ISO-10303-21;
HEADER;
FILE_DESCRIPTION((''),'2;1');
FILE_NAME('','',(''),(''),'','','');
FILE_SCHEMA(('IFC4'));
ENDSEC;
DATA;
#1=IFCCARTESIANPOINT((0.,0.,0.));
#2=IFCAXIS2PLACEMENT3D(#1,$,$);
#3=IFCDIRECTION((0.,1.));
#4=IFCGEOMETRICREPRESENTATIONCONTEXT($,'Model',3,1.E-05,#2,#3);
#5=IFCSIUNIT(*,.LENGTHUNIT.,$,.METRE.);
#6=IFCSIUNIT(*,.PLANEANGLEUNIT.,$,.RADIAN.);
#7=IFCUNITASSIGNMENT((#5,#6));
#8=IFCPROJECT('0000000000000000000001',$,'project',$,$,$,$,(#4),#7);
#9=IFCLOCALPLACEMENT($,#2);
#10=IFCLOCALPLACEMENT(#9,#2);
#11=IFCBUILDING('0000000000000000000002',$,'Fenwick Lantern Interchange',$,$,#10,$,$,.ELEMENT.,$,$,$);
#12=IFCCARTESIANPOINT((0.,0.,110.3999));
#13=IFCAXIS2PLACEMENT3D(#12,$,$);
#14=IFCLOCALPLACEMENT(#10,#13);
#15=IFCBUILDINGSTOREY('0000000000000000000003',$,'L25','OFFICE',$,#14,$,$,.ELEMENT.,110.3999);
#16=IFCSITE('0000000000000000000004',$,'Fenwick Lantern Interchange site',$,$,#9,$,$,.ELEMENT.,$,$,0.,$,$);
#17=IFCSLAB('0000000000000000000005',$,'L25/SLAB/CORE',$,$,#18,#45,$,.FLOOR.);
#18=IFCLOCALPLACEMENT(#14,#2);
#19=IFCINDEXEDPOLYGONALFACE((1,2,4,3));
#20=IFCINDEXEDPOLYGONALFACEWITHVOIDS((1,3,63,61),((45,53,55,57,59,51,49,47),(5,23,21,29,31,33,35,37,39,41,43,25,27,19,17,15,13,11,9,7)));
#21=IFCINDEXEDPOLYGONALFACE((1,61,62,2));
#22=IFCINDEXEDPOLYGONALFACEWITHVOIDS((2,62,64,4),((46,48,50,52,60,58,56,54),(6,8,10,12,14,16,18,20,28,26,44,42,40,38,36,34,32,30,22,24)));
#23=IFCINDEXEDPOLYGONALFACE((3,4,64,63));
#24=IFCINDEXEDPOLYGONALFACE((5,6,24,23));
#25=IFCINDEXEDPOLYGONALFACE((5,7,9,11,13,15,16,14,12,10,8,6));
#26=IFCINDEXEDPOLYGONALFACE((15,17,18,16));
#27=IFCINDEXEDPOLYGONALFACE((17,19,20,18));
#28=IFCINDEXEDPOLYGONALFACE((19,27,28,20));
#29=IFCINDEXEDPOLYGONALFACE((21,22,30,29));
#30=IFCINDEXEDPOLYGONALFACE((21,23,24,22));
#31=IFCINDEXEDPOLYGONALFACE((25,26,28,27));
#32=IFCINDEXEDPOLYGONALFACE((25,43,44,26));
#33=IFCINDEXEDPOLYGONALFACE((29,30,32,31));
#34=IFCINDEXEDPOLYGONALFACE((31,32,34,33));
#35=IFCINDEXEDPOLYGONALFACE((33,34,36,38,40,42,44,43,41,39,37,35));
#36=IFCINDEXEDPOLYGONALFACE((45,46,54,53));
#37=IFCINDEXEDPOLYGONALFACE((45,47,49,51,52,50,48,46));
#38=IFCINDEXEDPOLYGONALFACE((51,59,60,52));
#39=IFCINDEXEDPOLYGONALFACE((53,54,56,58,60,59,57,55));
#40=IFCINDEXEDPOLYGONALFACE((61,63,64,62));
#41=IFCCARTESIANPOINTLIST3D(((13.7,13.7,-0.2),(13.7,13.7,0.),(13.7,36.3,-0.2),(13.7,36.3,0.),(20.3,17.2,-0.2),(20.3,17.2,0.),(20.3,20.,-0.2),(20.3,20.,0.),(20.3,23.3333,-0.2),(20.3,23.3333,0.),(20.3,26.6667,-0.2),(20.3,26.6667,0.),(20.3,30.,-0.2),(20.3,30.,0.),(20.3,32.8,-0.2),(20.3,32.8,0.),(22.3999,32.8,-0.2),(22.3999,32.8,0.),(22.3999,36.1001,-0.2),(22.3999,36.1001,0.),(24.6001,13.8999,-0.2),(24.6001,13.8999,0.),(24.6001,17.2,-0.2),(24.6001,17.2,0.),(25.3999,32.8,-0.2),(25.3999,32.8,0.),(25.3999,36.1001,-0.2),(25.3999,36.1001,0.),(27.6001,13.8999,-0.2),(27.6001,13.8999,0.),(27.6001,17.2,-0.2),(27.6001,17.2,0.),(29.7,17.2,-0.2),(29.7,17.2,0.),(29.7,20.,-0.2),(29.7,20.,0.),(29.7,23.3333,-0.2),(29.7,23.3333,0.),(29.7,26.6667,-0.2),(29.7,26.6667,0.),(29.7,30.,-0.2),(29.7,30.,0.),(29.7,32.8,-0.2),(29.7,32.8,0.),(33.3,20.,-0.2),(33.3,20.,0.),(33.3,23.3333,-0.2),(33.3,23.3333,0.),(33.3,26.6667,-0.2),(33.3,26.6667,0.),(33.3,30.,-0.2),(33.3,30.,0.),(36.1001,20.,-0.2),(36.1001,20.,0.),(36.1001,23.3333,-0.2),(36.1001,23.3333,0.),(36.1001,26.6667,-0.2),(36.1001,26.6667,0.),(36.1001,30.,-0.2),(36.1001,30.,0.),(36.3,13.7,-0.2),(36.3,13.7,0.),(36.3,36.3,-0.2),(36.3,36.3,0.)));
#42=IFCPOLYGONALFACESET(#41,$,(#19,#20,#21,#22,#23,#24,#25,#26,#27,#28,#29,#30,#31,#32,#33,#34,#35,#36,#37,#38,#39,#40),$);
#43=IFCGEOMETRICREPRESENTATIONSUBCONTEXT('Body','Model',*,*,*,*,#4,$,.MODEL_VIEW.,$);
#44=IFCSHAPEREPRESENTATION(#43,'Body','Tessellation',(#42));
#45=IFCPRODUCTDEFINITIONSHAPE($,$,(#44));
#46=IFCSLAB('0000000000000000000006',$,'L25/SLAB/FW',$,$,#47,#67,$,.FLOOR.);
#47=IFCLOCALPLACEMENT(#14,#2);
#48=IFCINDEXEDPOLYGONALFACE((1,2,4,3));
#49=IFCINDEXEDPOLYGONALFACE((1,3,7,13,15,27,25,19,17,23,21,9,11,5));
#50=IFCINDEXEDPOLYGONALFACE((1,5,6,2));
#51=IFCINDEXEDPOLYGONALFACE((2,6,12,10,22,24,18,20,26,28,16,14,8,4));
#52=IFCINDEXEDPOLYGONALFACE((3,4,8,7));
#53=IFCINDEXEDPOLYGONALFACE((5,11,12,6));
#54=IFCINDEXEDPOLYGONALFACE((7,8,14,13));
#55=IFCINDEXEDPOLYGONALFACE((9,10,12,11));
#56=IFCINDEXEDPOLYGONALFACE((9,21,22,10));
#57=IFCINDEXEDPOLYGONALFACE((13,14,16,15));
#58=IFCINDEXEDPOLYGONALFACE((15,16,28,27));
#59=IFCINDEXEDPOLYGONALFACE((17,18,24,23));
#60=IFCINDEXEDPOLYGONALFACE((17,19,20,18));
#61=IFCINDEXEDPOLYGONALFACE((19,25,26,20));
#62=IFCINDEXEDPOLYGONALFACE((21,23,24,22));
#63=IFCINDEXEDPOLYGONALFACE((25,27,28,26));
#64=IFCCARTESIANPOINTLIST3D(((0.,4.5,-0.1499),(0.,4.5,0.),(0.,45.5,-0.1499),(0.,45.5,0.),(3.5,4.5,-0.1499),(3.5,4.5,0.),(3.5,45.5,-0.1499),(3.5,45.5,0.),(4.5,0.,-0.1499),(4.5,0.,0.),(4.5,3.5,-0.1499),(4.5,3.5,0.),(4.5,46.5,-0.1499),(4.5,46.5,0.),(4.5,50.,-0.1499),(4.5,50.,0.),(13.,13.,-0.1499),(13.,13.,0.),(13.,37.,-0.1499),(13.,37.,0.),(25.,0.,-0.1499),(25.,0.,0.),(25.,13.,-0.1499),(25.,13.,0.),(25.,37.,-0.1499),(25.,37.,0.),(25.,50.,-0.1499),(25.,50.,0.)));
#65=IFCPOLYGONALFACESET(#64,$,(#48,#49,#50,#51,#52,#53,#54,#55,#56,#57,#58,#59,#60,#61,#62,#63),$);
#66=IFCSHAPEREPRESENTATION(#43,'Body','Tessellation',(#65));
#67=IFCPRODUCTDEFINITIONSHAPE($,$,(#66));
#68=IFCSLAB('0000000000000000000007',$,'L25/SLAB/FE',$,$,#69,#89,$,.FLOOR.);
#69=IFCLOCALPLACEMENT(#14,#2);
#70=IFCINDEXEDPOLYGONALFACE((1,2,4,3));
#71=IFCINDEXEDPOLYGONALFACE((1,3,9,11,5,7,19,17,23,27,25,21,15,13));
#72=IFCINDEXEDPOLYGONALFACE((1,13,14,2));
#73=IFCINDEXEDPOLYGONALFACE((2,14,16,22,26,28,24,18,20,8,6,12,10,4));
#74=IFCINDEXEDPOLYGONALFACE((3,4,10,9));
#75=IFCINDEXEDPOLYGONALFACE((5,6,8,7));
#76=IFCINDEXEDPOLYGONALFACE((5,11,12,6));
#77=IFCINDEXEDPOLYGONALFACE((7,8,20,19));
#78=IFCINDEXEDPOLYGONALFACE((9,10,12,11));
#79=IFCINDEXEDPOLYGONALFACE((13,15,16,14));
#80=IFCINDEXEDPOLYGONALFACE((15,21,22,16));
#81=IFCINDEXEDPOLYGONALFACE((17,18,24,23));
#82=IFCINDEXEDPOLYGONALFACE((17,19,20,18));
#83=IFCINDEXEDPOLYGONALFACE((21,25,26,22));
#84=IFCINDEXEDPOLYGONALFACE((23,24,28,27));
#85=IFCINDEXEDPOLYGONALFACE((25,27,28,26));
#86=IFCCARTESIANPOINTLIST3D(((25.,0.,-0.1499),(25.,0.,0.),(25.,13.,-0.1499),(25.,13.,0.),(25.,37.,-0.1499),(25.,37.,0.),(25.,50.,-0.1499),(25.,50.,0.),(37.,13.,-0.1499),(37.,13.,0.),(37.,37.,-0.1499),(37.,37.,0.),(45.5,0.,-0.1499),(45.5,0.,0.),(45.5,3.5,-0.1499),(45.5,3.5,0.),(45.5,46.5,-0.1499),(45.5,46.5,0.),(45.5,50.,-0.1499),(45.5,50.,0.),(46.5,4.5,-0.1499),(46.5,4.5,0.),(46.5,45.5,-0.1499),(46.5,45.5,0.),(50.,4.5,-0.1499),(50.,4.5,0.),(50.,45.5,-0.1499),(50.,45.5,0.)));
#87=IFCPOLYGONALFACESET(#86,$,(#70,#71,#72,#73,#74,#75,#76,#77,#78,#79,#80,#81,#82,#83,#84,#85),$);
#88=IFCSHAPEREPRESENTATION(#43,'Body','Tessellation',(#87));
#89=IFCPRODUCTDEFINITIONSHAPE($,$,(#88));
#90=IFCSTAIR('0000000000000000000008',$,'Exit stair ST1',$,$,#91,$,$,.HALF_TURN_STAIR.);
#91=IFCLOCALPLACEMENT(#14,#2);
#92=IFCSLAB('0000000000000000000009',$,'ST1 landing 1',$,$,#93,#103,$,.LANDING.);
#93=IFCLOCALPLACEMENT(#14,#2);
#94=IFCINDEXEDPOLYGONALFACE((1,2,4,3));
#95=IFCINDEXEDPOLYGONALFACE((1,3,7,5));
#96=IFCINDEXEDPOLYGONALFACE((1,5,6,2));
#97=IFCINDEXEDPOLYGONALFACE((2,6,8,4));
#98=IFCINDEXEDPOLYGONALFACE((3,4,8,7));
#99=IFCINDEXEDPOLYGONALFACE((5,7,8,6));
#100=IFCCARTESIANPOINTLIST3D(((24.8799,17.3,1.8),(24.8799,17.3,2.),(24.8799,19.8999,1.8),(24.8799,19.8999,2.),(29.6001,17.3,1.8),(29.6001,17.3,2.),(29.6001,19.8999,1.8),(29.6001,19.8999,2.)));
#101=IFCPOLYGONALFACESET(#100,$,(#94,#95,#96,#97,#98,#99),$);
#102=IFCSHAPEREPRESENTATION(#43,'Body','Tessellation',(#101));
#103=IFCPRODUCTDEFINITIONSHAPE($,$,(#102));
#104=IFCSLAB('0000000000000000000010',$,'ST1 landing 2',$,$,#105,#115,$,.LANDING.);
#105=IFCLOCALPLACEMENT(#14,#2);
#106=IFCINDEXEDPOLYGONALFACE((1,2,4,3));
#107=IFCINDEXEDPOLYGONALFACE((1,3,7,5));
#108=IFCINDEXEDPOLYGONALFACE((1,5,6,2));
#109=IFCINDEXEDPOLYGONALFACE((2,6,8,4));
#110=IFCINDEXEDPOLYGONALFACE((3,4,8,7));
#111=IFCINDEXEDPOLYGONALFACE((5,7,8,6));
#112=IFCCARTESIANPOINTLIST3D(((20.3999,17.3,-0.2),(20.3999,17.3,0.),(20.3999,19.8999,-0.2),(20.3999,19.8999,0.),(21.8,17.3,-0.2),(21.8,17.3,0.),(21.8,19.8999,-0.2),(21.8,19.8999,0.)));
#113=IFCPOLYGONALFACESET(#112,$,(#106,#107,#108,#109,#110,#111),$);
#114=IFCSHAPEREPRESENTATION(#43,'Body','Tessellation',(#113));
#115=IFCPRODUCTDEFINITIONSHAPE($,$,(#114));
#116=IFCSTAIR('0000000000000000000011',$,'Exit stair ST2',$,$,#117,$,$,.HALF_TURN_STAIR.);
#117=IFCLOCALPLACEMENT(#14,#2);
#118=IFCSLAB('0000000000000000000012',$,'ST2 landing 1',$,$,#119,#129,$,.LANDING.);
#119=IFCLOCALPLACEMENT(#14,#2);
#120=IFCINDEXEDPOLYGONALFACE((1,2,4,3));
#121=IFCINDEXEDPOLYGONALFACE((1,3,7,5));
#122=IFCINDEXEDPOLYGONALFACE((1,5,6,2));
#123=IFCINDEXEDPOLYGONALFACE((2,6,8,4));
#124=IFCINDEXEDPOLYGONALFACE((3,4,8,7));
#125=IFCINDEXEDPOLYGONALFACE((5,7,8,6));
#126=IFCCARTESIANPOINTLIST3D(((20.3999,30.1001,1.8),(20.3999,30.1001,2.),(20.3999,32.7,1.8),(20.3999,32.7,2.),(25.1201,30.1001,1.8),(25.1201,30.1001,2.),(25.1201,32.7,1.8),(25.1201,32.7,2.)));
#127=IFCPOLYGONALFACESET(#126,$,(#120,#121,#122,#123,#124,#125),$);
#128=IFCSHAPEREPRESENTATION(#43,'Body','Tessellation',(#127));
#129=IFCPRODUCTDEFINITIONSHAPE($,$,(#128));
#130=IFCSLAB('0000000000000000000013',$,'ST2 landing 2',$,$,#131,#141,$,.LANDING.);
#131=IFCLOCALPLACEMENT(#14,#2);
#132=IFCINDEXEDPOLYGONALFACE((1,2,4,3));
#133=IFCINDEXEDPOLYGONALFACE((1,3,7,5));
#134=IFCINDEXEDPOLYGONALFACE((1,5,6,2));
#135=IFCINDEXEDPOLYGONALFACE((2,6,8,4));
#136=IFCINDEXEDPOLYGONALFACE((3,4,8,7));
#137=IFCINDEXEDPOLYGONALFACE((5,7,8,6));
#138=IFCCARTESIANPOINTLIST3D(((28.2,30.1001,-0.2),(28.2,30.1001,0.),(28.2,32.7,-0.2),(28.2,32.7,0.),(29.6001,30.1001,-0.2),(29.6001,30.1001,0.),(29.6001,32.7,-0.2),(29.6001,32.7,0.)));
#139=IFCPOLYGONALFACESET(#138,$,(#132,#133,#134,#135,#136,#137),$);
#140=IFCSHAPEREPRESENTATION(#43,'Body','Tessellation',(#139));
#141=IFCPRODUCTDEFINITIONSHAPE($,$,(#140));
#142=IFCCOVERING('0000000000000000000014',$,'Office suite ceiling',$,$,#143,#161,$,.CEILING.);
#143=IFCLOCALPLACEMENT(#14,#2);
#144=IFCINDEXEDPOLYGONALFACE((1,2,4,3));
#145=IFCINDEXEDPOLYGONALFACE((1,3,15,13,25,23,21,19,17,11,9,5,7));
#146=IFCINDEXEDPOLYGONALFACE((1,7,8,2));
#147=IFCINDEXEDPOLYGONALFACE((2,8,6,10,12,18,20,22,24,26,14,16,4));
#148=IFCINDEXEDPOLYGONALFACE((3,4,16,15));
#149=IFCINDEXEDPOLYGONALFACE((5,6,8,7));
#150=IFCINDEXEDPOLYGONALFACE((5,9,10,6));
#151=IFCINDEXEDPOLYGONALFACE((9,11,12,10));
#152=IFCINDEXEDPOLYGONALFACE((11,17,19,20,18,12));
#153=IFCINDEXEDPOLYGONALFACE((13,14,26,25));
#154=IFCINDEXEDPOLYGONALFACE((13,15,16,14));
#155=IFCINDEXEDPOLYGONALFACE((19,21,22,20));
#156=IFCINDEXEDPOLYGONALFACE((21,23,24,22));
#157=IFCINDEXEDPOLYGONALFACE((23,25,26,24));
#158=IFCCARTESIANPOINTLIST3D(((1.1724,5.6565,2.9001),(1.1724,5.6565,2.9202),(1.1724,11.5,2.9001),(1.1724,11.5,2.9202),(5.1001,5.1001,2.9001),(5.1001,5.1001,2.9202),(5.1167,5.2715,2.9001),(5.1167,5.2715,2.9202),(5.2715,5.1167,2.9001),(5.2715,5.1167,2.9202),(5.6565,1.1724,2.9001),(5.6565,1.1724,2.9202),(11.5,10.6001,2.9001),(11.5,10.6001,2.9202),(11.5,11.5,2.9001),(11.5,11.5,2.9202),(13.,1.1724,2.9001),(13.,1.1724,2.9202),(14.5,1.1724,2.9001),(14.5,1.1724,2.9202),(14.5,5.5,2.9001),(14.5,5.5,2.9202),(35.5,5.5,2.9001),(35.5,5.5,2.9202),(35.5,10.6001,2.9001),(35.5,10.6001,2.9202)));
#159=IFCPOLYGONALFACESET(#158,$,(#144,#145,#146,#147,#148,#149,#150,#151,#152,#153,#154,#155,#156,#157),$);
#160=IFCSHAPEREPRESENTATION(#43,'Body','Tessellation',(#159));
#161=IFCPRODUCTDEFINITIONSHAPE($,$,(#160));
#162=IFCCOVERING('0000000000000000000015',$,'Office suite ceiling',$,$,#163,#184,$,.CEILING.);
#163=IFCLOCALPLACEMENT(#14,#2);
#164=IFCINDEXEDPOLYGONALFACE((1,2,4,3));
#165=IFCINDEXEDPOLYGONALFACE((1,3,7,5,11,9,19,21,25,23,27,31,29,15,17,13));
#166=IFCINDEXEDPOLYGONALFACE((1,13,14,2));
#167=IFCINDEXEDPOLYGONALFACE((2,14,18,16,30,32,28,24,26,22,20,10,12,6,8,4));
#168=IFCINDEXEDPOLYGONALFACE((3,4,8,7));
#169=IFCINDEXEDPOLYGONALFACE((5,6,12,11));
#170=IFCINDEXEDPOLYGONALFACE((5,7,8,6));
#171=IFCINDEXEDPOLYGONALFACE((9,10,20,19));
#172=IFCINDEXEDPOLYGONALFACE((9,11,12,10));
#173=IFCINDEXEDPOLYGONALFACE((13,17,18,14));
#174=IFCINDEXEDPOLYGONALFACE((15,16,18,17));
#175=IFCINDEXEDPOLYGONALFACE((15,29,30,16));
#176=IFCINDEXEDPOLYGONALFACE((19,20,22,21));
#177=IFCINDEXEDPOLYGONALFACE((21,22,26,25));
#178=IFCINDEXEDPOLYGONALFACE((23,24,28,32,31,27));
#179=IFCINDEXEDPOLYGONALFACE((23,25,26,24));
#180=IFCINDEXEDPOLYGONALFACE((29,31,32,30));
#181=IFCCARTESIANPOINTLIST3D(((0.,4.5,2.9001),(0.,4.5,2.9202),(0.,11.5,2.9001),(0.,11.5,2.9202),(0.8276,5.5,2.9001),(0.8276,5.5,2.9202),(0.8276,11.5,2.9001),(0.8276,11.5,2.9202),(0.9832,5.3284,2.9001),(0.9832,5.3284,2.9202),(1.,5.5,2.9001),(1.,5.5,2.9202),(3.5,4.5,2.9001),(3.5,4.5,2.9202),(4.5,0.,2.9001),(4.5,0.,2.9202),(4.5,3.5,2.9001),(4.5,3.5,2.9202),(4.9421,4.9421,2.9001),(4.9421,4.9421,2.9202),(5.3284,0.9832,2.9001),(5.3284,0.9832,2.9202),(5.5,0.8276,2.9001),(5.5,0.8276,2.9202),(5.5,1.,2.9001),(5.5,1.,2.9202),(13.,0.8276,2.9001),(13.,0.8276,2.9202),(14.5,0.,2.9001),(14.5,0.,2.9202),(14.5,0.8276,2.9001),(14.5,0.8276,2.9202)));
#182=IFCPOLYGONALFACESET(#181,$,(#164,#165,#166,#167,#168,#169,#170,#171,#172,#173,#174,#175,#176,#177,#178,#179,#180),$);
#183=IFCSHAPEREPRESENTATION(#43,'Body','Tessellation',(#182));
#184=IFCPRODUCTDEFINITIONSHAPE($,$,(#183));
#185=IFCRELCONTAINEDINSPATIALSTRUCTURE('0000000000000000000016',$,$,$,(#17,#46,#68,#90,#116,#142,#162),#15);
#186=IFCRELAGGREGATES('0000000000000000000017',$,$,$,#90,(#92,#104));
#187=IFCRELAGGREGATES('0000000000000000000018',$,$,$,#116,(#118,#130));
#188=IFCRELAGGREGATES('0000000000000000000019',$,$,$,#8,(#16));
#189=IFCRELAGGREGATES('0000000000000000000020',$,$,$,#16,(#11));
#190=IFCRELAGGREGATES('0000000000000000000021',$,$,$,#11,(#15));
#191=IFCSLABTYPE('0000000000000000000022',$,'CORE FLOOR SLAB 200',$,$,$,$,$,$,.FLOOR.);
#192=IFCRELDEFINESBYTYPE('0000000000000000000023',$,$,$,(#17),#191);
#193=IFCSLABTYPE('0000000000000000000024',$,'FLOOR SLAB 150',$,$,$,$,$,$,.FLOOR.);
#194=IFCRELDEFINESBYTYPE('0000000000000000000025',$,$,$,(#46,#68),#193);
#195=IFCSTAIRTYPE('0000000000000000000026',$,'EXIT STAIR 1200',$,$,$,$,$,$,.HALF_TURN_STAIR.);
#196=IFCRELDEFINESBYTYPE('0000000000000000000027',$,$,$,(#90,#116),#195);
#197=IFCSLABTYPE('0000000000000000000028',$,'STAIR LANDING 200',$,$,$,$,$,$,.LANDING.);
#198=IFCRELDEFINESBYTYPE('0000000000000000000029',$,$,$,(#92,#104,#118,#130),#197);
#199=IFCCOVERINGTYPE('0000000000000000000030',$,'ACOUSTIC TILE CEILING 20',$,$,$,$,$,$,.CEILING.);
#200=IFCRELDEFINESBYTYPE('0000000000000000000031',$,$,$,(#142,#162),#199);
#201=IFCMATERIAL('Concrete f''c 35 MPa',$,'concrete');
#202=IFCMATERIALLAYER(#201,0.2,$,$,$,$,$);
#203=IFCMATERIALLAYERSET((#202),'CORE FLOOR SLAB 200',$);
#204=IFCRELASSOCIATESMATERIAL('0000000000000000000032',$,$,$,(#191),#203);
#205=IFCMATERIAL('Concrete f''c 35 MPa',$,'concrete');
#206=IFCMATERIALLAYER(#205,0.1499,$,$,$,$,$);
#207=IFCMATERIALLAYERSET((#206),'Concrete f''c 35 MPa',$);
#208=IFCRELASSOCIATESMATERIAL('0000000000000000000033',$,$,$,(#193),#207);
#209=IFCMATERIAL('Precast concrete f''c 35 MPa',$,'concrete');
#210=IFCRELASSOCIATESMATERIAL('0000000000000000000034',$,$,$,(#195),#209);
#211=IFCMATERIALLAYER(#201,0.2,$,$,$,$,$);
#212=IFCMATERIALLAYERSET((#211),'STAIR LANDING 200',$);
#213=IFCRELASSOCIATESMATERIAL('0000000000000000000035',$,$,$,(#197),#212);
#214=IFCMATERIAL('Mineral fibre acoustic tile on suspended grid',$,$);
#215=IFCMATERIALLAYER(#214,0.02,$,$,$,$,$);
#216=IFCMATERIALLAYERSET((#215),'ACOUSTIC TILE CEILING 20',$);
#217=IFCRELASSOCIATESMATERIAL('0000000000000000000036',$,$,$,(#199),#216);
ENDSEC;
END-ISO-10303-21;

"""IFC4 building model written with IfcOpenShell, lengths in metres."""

from ifc_helpers import new_model, si_unit, direction, frame, origin, place, context, subcontext, project, spatial, polyline, outline, extrude, material, layer, layer_set, type_object, element, aggregate, save


model = new_model("IFC4")

# Units and contexts
model_context = context("Model", 3, precision=1e-05, world=origin(), true_north=direction((0.0, 1.0)))
body_context = subcontext(model_context, "Body", "Model", "MODEL_VIEW")
ifc_project = project(units=[si_unit("LENGTHUNIT", "METRE"), si_unit("PLANEANGLEUNIT", "RADIAN")], contexts=[model_context])

# Site, building, storey
site_placement = place(None, origin())
site = spatial("IfcSite", under=ifc_project, at=site_placement, Name="Fenwick Lantern Interchange site", CompositionType="ELEMENT", RefElevation=0.0)
building_placement = place(site_placement, origin())
building = spatial("IfcBuilding", under=site, at=building_placement, Name="Fenwick Lantern Interchange", CompositionType="ELEMENT")
storey_placement = place(building_placement, frame((0.0, 0.0, 110.3999)))
storey = spatial("IfcBuildingStorey", under=building, at=storey_placement, Name="L25", Description="OFFICE", CompositionType="ELEMENT", Elevation=110.3999)

# Slabs
ifc_material_1 = material(Name="Concrete f'c 35 MPa", Category="concrete")
ifc_layer_1 = layer(ifc_material_1, 0.2)
ifc_layer_set_1 = layer_set([ifc_layer_1], Name="CORE FLOOR SLAB 200")
slab_type_1 = type_object("IfcSlabType", Name="CORE FLOOR SLAB 200", PredefinedType="FLOOR", material=ifc_layer_set_1)
slab_1_placement = place(storey_placement, frame((0.0, 0.0, -0.2)))
element("IfcSlab", 1, at=slab_1_placement, inside=storey, type_object=slab_type_1, Name="L25/SLAB/CORE", PredefinedType="FLOOR", context=body_context, shape_type="SweptSolid", body=[
    extrude(outline(polyline([(13.7, 36.3), (36.3, 36.3), (36.3, 13.7), (13.7, 13.7), (13.7, 36.3)]), holes=[polyline([(29.7, 17.2), (29.7, 20.0), (29.7, 23.3333), (29.7, 26.6667), (29.7, 30.0), (29.7, 32.8), (25.3999, 32.8), (25.3999, 36.1001), (22.3999, 36.1001), (22.3999, 32.8), (20.3, 32.8), (20.3, 30.0), (20.3, 26.6667), (20.3, 23.3333), (20.3, 20.0), (20.3, 17.2), (24.6001, 17.2), (24.6001, 13.8999), (27.6001, 13.8999), (27.6001, 17.2), (29.7, 17.2)]), polyline([(33.3, 23.3333), (33.3, 20.0), (36.1001, 20.0), (36.1001, 23.3333), (36.1001, 26.6667), (36.1001, 30.0), (33.3, 30.0), (33.3, 26.6667), (33.3, 23.3333)])]), origin(), (0.0, 0.0, 1.0), 0.2),
])
ifc_material_2 = material(Name="Concrete f'c 35 MPa", Category="concrete")
ifc_layer_2 = layer(ifc_material_2, 0.1499)
ifc_layer_set_2 = layer_set([ifc_layer_2], Name="Concrete f'c 35 MPa")
slab_type_2 = type_object("IfcSlabType", Name="FLOOR SLAB 150", PredefinedType="FLOOR", material=ifc_layer_set_2)
slab_2_placement = place(storey_placement, frame((0.0, 0.0, -0.1499)))
element("IfcSlab", 2, at=slab_2_placement, inside=storey, type_object=slab_type_2, Name="L25/SLAB/FW", PredefinedType="FLOOR", context=body_context, shape_type="SweptSolid", body=[
    extrude(outline(polyline([(4.5, 0.0), (4.5, 3.5), (3.5, 4.5), (0.0, 4.5), (0.0, 45.5), (3.5, 45.5), (4.5, 46.5), (4.5, 50.0), (25.0, 50.0), (25.0, 37.0), (13.0, 37.0), (13.0, 13.0), (25.0, 13.0), (25.0, 0.0), (4.5, 0.0)])), origin(), (0.0, 0.0, 1.0), 0.1499),
])
slab_3_placement = place(storey_placement, frame((0.0, 0.0, -0.1499)))
element("IfcSlab", 3, at=slab_3_placement, inside=storey, type_object=slab_type_2, Name="L25/SLAB/FE", PredefinedType="FLOOR", context=body_context, shape_type="SweptSolid", body=[
    extrude(outline(polyline([(45.5, 50.0), (45.5, 46.5), (46.5, 45.5), (50.0, 45.5), (50.0, 4.5), (46.5, 4.5), (45.5, 3.5), (45.5, 0.0), (25.0, 0.0), (25.0, 13.0), (37.0, 13.0), (37.0, 37.0), (25.0, 37.0), (25.0, 50.0), (45.5, 50.0)])), origin(), (0.0, 0.0, 1.0), 0.1499),
])

# Stairs, slabs
ifc_material_3 = material(Name="Precast concrete f'c 35 MPa", Category="concrete")
stair_type = type_object("IfcStairType", Name="EXIT STAIR 1200", PredefinedType="HALF_TURN_STAIR", material=ifc_material_3)
stair_1_placement = place(storey_placement, origin())
stair_1 = element("IfcStair", 4, at=stair_1_placement, inside=storey, type_object=stair_type, Name="Exit stair ST1", PredefinedType="HALF_TURN_STAIR")
ifc_layer_3 = layer(ifc_material_1, 0.2)
ifc_layer_set_3 = layer_set([ifc_layer_3], Name="STAIR LANDING 200")
slab_type_3 = type_object("IfcSlabType", Name="STAIR LANDING 200", PredefinedType="LANDING", material=ifc_layer_set_3)
slab_4_placement = place(storey_placement, frame((0.0, 0.0, 1.8)))
slab_4 = element("IfcSlab", 5, at=slab_4_placement, type_object=slab_type_3, Name="ST1 landing 1", PredefinedType="LANDING", context=body_context, shape_type="SweptSolid", body=[
    extrude(outline(polyline([(24.8799, 17.3), (29.6001, 17.3), (29.6001, 19.8999), (24.8799, 19.8999), (24.8799, 17.3)])), origin(), (0.0, 0.0, 1.0), 0.2),
])
slab_5_placement = place(storey_placement, frame((0.0, 0.0, -0.2)))
slab_5 = element("IfcSlab", 6, at=slab_5_placement, type_object=slab_type_3, Name="ST1 landing 2", PredefinedType="LANDING", context=body_context, shape_type="SweptSolid", body=[
    extrude(outline(polyline([(20.3999, 17.3), (21.8, 17.3), (21.8, 19.8999), (20.3999, 19.8999), (20.3999, 17.3)])), origin(), (0.0, 0.0, 1.0), 0.2),
])
aggregate(stair_1, [slab_4, slab_5])
stair_2_placement = place(storey_placement, origin())
stair_2 = element("IfcStair", 7, at=stair_2_placement, inside=storey, type_object=stair_type, Name="Exit stair ST2", PredefinedType="HALF_TURN_STAIR")
slab_6_placement = place(storey_placement, frame((0.0, 0.0, 1.8)))
slab_6 = element("IfcSlab", 8, at=slab_6_placement, type_object=slab_type_3, Name="ST2 landing 1", PredefinedType="LANDING", context=body_context, shape_type="SweptSolid", body=[
    extrude(outline(polyline([(25.1201, 32.7), (20.3999, 32.7), (20.3999, 30.1001), (25.1201, 30.1001), (25.1201, 32.7)])), origin(), (0.0, 0.0, 1.0), 0.2),
])
slab_7_placement = place(storey_placement, frame((0.0, 0.0, -0.2)))
slab_7 = element("IfcSlab", 9, at=slab_7_placement, type_object=slab_type_3, Name="ST2 landing 2", PredefinedType="LANDING", context=body_context, shape_type="SweptSolid", body=[
    extrude(outline(polyline([(29.6001, 32.7), (28.2, 32.7), (28.2, 30.1001), (29.6001, 30.1001), (29.6001, 32.7)])), origin(), (0.0, 0.0, 1.0), 0.2),
])
aggregate(stair_2, [slab_6, slab_7])

# Coverings
ifc_material_4 = material(Name="Mineral fibre acoustic tile on suspended grid")
ifc_layer_4 = layer(ifc_material_4, 0.02)
ifc_layer_set_4 = layer_set([ifc_layer_4], Name="ACOUSTIC TILE CEILING 20")
covering_type_1 = type_object("IfcCoveringType", Name="ACOUSTIC TILE CEILING 20", PredefinedType="CEILING", material=ifc_layer_set_4)
covering_1_placement = place(storey_placement, frame((0.0, 0.0, 2.9001)))
element("IfcCovering", 10, at=covering_1_placement, inside=storey, type_object=covering_type_1, Name="Office suite ceiling", PredefinedType="CEILING", context=body_context, shape_type="SweptSolid", body=[
    extrude(outline(polyline([(11.5, 11.5), (1.1724, 11.5), (1.1724, 5.6565), (5.1167, 5.2715), (5.1001, 5.1001), (5.2715, 5.1167), (5.6565, 1.1724), (13.0, 1.1724), (14.5, 1.1724), (14.5, 5.5), (35.5, 5.5), (35.5, 10.6001), (11.5, 10.6001), (11.5, 11.5)])), origin(), (0.0, 0.0, 1.0), 0.02),
])
covering_2_placement = place(storey_placement, frame((0.0, 0.0, 2.9001)))
element("IfcCovering", 11, at=covering_2_placement, inside=storey, type_object=covering_type_1, Name="Office suite ceiling", PredefinedType="CEILING", context=body_context, shape_type="SweptSolid", body=[
    extrude(outline(polyline([(0.8276, 11.5), (0.0, 11.5), (0.0, 4.5), (3.5, 4.5), (4.5, 3.5), (4.5, 0.0), (14.5, 0.0), (14.5, 0.8276), (13.0, 0.8276), (5.5, 0.8276), (5.5, 1.0), (5.3284, 0.9832), (4.9421, 4.9421), (0.9832, 5.3284), (1.0, 5.5), (0.8276, 5.5), (0.8276, 11.5)])), origin(), (0.0, 0.0, 1.0), 0.02),
])

save(model, "model.ifc")
